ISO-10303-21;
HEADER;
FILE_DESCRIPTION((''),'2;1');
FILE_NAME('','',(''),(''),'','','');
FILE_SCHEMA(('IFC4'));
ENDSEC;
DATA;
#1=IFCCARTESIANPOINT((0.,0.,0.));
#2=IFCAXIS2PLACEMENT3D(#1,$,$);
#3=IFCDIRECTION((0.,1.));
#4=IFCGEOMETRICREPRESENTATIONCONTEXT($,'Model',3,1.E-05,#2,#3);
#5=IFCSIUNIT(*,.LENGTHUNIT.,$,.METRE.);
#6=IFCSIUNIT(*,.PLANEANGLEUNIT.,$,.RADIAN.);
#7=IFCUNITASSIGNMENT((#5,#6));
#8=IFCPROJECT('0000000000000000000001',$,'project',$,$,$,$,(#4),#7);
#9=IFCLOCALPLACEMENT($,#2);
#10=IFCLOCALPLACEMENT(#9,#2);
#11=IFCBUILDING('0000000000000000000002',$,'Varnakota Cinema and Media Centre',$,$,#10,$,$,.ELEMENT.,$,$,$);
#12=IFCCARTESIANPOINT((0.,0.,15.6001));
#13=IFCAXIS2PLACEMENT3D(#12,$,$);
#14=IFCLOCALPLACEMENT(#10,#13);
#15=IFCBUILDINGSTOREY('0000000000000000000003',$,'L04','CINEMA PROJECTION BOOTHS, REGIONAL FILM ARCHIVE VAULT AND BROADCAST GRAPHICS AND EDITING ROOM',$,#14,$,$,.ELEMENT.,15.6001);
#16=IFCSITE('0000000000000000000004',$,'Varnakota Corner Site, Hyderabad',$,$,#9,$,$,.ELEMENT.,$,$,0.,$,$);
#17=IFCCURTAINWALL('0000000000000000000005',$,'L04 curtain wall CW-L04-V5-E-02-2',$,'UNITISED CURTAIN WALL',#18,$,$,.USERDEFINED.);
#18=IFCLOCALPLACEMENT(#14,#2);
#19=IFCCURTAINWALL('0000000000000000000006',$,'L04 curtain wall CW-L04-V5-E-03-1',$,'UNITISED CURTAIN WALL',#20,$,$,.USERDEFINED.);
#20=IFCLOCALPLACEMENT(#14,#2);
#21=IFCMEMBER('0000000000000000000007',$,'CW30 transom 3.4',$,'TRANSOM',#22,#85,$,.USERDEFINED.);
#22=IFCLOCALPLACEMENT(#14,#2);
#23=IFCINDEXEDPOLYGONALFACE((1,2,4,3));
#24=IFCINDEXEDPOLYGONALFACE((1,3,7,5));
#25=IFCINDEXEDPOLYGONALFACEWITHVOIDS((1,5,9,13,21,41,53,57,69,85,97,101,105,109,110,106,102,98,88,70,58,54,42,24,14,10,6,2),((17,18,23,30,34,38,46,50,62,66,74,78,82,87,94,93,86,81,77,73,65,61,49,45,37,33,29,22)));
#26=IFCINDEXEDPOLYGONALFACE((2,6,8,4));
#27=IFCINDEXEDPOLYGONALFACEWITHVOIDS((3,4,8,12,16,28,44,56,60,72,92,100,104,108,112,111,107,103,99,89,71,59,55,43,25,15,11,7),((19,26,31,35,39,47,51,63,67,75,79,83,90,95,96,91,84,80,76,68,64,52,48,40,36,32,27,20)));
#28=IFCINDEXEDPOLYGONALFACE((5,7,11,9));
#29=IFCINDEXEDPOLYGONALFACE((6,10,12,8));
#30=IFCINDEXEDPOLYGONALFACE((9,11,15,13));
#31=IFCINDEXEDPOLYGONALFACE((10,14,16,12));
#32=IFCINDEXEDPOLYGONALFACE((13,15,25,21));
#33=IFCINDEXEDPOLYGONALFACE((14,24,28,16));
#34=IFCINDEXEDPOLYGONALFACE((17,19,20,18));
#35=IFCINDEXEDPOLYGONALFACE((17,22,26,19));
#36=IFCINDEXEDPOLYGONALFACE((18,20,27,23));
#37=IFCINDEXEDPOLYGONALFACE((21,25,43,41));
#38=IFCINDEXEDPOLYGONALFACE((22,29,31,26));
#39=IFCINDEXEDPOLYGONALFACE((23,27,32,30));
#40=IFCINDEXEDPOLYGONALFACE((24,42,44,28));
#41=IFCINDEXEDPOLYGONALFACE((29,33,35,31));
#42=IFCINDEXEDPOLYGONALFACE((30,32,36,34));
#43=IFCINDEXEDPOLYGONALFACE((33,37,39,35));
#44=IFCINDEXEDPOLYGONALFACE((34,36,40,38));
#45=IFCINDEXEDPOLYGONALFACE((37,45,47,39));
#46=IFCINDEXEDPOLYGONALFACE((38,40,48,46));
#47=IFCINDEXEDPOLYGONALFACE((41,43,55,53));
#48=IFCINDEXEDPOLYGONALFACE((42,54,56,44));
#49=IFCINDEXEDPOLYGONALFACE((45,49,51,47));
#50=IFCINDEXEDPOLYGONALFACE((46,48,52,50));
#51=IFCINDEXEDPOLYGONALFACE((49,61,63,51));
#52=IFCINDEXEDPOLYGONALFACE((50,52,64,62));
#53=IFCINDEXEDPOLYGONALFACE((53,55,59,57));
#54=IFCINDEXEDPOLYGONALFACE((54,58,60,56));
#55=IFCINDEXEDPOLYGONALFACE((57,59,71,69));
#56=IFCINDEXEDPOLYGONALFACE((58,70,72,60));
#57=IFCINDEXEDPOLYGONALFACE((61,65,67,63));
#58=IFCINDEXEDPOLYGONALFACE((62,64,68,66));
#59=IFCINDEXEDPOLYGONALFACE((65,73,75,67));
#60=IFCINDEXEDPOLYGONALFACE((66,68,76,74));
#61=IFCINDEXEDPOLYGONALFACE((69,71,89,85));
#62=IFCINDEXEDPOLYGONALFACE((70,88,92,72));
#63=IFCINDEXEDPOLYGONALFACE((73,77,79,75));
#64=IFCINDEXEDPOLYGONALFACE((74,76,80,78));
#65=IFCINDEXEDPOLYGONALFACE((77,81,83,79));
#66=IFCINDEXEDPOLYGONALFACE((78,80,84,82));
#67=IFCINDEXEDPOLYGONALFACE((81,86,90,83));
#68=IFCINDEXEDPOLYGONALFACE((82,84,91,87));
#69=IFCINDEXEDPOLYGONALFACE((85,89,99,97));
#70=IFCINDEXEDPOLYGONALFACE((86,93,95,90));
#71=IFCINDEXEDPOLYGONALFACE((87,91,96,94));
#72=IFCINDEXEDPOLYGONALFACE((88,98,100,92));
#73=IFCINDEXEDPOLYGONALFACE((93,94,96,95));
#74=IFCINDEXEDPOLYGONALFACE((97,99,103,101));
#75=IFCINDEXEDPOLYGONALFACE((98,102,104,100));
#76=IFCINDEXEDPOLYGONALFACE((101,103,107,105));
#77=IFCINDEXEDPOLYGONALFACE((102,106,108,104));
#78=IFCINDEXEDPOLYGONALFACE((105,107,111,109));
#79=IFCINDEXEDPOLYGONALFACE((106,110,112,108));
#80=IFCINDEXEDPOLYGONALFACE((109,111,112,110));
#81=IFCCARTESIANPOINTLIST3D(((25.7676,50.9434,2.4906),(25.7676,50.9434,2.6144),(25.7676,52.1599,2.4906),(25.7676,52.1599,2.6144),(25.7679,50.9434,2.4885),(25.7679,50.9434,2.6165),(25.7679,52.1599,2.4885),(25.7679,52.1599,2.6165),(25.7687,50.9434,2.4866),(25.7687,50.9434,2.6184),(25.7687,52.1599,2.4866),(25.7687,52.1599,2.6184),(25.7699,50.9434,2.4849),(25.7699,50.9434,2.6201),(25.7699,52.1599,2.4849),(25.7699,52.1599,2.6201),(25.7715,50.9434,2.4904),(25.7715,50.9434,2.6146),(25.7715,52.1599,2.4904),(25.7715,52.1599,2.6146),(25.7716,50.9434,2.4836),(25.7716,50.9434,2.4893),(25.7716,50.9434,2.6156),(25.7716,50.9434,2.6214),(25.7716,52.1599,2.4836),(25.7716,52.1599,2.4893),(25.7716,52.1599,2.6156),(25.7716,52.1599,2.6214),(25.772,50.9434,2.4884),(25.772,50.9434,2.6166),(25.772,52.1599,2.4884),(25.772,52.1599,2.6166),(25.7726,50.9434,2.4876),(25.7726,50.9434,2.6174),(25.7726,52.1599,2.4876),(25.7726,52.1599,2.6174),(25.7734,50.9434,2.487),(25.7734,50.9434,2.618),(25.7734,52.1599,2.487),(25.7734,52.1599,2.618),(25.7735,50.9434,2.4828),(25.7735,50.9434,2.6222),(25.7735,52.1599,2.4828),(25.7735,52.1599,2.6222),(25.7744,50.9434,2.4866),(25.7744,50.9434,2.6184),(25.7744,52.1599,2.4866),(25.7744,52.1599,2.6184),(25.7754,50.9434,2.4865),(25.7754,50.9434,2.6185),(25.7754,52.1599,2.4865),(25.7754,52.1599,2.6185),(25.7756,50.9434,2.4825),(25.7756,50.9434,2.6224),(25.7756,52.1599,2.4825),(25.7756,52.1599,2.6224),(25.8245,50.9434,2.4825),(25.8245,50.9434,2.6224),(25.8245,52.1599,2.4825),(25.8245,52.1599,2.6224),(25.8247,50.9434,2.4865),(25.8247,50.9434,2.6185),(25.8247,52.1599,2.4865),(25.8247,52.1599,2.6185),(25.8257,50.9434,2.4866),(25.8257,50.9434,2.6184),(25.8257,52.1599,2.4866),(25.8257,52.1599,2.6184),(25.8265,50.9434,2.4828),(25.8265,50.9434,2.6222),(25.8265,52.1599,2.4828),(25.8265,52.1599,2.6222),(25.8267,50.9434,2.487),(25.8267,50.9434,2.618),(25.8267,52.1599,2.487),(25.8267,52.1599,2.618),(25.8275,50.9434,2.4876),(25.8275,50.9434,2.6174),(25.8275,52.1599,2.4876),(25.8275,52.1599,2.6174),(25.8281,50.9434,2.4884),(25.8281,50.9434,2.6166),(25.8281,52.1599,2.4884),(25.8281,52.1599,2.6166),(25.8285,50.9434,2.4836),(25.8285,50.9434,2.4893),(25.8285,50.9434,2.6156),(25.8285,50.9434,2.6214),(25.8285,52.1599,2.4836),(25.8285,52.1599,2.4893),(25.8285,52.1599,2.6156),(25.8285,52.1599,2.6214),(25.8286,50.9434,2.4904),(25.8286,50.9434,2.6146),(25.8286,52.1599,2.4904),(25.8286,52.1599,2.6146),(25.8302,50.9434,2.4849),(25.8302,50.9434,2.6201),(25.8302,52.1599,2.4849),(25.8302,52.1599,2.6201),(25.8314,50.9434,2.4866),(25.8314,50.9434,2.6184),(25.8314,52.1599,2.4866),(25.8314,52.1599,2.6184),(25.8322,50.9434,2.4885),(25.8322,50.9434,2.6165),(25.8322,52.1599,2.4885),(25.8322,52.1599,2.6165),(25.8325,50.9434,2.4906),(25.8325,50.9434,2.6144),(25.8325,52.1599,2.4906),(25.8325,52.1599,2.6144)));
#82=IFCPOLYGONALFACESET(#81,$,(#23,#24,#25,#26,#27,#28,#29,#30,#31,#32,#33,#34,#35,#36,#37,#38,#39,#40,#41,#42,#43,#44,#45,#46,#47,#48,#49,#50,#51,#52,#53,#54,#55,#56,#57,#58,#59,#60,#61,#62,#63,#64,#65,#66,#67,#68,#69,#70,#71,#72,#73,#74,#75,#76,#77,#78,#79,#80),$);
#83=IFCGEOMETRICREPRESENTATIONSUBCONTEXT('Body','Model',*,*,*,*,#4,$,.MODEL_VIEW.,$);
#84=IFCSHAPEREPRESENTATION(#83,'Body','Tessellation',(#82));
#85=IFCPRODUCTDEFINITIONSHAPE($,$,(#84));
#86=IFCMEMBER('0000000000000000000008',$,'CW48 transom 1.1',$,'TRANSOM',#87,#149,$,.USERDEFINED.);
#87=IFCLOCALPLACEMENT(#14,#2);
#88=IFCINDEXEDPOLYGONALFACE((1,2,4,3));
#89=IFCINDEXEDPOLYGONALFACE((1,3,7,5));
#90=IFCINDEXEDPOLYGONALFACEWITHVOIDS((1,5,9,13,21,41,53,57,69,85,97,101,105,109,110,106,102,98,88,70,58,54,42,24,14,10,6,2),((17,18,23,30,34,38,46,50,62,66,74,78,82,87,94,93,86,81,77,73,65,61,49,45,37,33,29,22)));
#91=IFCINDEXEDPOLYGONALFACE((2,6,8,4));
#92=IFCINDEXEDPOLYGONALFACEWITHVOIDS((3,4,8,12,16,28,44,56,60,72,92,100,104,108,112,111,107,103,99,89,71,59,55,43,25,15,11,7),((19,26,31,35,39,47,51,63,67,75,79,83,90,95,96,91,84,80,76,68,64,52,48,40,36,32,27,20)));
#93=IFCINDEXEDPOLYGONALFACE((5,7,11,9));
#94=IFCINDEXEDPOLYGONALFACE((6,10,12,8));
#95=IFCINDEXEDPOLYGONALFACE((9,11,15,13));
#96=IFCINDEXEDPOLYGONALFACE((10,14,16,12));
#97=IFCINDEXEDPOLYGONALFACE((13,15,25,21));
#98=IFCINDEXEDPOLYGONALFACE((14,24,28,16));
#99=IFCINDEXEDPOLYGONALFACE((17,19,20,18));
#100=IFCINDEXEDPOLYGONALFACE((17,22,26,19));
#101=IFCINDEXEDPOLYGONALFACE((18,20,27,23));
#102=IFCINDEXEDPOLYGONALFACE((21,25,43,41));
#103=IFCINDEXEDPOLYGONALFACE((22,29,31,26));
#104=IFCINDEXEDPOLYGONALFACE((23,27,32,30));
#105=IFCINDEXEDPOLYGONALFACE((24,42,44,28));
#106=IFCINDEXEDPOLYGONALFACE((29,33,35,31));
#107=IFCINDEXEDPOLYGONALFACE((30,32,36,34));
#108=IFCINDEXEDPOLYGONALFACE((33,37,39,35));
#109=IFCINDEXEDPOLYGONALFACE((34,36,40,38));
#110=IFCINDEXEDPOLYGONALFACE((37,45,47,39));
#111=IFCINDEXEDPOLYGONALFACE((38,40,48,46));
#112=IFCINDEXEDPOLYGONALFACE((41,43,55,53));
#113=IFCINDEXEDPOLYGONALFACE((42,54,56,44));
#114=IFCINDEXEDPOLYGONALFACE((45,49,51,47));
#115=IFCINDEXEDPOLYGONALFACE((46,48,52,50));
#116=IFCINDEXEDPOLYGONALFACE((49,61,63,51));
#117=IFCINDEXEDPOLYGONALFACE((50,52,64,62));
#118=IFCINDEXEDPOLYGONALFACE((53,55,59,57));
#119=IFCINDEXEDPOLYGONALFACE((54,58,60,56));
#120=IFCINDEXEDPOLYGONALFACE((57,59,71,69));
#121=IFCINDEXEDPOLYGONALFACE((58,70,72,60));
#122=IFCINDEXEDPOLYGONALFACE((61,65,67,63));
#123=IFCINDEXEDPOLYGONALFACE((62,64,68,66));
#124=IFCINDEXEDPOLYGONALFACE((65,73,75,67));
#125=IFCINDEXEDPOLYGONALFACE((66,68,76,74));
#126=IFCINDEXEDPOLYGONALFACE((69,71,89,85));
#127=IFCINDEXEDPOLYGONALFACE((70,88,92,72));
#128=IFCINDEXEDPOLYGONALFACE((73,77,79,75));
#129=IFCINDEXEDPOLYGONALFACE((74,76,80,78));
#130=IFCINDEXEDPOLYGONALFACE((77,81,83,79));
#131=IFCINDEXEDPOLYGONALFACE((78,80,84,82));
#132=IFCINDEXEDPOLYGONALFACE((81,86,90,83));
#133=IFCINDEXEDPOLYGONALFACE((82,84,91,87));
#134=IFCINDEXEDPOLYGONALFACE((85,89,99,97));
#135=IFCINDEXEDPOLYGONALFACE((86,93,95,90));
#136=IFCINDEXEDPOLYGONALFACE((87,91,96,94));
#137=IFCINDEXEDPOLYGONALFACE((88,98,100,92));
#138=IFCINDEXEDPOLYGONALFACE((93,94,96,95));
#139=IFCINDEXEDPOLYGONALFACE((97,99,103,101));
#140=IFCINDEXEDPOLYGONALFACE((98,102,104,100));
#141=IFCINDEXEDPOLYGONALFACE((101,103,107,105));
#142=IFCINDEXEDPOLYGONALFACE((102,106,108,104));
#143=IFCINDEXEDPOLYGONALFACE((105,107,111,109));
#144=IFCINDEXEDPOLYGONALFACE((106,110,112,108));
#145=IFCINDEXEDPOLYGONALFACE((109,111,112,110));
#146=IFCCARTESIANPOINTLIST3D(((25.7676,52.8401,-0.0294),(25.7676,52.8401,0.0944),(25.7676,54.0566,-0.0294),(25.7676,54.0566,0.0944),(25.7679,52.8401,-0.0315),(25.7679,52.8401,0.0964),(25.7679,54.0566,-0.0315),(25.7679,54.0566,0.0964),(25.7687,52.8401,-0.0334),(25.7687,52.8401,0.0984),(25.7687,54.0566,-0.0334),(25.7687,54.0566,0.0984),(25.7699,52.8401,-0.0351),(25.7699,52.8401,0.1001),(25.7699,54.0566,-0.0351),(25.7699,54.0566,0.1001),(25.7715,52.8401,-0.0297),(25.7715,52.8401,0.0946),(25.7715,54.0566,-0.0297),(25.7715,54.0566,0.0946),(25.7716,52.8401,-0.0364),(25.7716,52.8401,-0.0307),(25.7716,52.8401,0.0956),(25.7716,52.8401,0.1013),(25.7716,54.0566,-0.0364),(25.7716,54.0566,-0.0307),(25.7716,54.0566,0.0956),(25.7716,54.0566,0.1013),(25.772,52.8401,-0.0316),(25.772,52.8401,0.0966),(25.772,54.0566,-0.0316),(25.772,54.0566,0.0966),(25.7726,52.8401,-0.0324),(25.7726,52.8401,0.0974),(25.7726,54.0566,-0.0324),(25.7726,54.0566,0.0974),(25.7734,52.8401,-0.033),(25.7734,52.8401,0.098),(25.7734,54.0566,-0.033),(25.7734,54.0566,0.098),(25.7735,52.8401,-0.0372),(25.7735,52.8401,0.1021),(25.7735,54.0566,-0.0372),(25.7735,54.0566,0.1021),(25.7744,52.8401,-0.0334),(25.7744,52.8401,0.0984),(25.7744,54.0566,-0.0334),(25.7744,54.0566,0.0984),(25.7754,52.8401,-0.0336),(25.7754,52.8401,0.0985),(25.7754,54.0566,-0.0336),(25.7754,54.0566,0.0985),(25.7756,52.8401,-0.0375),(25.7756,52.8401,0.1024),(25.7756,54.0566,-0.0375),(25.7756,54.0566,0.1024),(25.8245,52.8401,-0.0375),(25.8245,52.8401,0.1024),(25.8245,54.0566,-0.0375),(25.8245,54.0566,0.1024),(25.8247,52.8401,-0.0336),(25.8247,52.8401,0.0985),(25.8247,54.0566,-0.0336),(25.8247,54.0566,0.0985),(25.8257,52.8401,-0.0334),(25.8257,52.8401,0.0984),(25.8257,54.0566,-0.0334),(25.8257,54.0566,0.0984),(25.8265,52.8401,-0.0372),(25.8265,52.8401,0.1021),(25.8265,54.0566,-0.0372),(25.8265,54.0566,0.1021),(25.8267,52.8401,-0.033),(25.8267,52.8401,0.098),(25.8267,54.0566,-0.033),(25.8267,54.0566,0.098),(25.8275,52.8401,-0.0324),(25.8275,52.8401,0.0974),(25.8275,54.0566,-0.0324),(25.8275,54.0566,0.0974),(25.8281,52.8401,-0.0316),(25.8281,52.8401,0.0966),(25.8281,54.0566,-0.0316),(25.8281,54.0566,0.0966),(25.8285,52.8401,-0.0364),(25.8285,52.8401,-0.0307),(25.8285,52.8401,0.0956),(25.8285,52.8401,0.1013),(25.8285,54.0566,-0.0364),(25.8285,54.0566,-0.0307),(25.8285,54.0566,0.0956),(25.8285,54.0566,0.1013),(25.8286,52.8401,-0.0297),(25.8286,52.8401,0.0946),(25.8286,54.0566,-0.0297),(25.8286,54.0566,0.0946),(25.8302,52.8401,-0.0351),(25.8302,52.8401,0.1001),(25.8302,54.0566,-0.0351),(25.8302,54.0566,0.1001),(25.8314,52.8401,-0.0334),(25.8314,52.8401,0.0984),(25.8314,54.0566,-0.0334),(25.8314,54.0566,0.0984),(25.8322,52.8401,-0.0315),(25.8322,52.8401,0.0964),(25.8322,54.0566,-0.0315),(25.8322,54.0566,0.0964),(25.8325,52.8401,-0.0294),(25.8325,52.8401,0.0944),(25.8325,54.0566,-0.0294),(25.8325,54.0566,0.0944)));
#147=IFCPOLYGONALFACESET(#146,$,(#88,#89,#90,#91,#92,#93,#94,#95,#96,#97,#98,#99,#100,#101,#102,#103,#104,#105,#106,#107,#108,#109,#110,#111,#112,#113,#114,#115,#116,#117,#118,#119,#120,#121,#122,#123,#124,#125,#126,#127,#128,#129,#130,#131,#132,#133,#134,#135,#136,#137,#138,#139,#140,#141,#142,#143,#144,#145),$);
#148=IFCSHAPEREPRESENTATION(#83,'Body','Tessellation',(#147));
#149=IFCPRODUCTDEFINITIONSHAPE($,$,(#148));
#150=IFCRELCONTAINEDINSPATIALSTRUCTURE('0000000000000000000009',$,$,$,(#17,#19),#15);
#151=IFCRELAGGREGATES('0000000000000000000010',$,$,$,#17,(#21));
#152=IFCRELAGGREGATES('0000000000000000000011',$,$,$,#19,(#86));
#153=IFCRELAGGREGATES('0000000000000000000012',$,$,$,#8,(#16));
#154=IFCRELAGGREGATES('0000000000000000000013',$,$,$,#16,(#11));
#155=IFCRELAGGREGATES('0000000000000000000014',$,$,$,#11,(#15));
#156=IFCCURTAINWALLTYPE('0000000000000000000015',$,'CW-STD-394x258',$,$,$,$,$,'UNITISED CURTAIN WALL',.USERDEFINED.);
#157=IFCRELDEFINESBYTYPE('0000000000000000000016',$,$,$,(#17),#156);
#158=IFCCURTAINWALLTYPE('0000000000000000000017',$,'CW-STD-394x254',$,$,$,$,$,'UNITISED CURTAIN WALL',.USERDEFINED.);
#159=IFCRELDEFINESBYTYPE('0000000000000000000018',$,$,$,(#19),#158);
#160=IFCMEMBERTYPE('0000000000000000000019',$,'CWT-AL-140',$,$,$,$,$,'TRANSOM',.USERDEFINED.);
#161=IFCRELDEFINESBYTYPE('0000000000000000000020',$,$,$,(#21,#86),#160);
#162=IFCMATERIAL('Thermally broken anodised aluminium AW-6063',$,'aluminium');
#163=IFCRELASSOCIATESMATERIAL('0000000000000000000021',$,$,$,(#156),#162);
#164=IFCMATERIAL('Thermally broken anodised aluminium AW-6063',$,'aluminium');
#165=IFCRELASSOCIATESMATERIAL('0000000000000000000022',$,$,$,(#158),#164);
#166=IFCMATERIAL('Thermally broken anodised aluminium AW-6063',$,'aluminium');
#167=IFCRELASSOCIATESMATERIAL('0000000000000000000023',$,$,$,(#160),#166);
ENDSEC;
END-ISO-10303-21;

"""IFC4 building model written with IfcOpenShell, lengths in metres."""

from ifc_helpers import new_model, si_unit, direction, frame, origin, origin_2d, place, context, subcontext, project, spatial, hollow_rectangle, extrude, material, material_profile, profile_set, type_object, element, aggregate, save


model = new_model("IFC4")

# Units and contexts
model_context = context("Model", 3, precision=1e-05, world=origin(), true_north=direction((0.0, 1.0)))
body_context = subcontext(model_context, "Body", "Model", "MODEL_VIEW")
ifc_project = project(units=[si_unit("LENGTHUNIT", "METRE"), si_unit("PLANEANGLEUNIT", "RADIAN")], contexts=[model_context])

# Site, building, storey
site_placement = place(None, origin())
site = spatial("IfcSite", under=ifc_project, at=site_placement, Name="Varnakota Corner Site, Hyderabad", CompositionType="ELEMENT", RefElevation=0.0)
building_placement = place(site_placement, origin())
building = spatial("IfcBuilding", under=site, at=building_placement, Name="Varnakota Cinema and Media Centre", CompositionType="ELEMENT")
storey_placement = place(building_placement, frame((0.0, 0.0, 15.6001)))
storey = spatial("IfcBuildingStorey", under=building, at=storey_placement, Name="L04", Description="CINEMA PROJECTION BOOTHS, REGIONAL FILM ARCHIVE VAULT AND BROADCAST GRAPHICS AND EDITING ROOM", CompositionType="ELEMENT", Elevation=15.6001)

# Curtain walls
ifc_material_1 = material(Name="Thermally broken anodised aluminium AW-6063", Category="aluminium")
curtain_wall_type_1 = type_object("IfcCurtainWallType", Name="CW-STD-394x258", ElementType="UNITISED CURTAIN WALL", PredefinedType="USERDEFINED", material=ifc_material_1)
curtain_wall_1_placement = place(storey_placement, origin())
curtain_wall_1 = element("IfcCurtainWall", 1, at=curtain_wall_1_placement, inside=storey, type_object=curtain_wall_type_1, Name="L04 curtain wall CW-L04-V5-E-02-2", ObjectType="UNITISED CURTAIN WALL", PredefinedType="USERDEFINED")
ifc_material_2 = material(Name="Thermally broken anodised aluminium AW-6063", Category="aluminium")
curtain_wall_type_2 = type_object("IfcCurtainWallType", Name="CW-STD-394x254", ElementType="UNITISED CURTAIN WALL", PredefinedType="USERDEFINED", material=ifc_material_2)
curtain_wall_2_placement = place(storey_placement, origin())
curtain_wall_2 = element("IfcCurtainWall", 2, at=curtain_wall_2_placement, inside=storey, type_object=curtain_wall_type_2, Name="L04 curtain wall CW-L04-V5-E-03-1", ObjectType="UNITISED CURTAIN WALL", PredefinedType="USERDEFINED")

# Members
ifc_material_3 = material(Name="Thermally broken anodised aluminium AW-6063", Category="aluminium")
ifc_material_profile_1 = material_profile(ifc_material_3, hollow_rectangle(XDim=0.0649, YDim=0.1399, WallThickness=0.0039, InnerFilletRadius=0.0039, OuterFilletRadius=0.0081, at=origin_2d()), Name="AL-TRANSOM 140x65x4")
ifc_profile_set_1 = profile_set([ifc_material_profile_1], Name="Thermally broken anodised aluminium AW-6063")
member_type_1 = type_object("IfcMemberType", Name="CWT-AL-140", ElementType="TRANSOM", PredefinedType="USERDEFINED", material=ifc_profile_set_1)
member_1_placement = place(storey_placement, frame((25.8, 50.9434, 2.5525), z_axis=(0.0, 1.0, 0.0), x_axis=(-1.0, 0.0, 0.0)))
member_1 = element("IfcMember", 3, at=member_1_placement, type_object=member_type_1, Name="CW30 transom 3.4", ObjectType="TRANSOM", PredefinedType="USERDEFINED", context=body_context, shape_type="SweptSolid", body=[
    extrude(hollow_rectangle(XDim=0.0649, YDim=0.1399, WallThickness=0.0039, InnerFilletRadius=0.0039, OuterFilletRadius=0.0081, at=origin_2d()), origin(), (0.0, 0.0, 1.0), 1.2166),
])
member_2_placement = place(storey_placement, frame((25.8, 52.8401, 0.0325), z_axis=(0.0, 1.0, 0.0), x_axis=(-1.0, 0.0, 0.0)))
member_2 = element("IfcMember", 4, at=member_2_placement, type_object=member_type_1, Name="CW48 transom 1.1", ObjectType="TRANSOM", PredefinedType="USERDEFINED", context=body_context, shape_type="SweptSolid", body=[
    extrude(hollow_rectangle(XDim=0.0649, YDim=0.1399, WallThickness=0.0039, InnerFilletRadius=0.0039, OuterFilletRadius=0.0081, at=origin_2d()), origin(), (0.0, 0.0, 1.0), 1.2166),
])

aggregate(curtain_wall_1, [member_1])
aggregate(curtain_wall_2, [member_2])

save(model, "model.ifc")
